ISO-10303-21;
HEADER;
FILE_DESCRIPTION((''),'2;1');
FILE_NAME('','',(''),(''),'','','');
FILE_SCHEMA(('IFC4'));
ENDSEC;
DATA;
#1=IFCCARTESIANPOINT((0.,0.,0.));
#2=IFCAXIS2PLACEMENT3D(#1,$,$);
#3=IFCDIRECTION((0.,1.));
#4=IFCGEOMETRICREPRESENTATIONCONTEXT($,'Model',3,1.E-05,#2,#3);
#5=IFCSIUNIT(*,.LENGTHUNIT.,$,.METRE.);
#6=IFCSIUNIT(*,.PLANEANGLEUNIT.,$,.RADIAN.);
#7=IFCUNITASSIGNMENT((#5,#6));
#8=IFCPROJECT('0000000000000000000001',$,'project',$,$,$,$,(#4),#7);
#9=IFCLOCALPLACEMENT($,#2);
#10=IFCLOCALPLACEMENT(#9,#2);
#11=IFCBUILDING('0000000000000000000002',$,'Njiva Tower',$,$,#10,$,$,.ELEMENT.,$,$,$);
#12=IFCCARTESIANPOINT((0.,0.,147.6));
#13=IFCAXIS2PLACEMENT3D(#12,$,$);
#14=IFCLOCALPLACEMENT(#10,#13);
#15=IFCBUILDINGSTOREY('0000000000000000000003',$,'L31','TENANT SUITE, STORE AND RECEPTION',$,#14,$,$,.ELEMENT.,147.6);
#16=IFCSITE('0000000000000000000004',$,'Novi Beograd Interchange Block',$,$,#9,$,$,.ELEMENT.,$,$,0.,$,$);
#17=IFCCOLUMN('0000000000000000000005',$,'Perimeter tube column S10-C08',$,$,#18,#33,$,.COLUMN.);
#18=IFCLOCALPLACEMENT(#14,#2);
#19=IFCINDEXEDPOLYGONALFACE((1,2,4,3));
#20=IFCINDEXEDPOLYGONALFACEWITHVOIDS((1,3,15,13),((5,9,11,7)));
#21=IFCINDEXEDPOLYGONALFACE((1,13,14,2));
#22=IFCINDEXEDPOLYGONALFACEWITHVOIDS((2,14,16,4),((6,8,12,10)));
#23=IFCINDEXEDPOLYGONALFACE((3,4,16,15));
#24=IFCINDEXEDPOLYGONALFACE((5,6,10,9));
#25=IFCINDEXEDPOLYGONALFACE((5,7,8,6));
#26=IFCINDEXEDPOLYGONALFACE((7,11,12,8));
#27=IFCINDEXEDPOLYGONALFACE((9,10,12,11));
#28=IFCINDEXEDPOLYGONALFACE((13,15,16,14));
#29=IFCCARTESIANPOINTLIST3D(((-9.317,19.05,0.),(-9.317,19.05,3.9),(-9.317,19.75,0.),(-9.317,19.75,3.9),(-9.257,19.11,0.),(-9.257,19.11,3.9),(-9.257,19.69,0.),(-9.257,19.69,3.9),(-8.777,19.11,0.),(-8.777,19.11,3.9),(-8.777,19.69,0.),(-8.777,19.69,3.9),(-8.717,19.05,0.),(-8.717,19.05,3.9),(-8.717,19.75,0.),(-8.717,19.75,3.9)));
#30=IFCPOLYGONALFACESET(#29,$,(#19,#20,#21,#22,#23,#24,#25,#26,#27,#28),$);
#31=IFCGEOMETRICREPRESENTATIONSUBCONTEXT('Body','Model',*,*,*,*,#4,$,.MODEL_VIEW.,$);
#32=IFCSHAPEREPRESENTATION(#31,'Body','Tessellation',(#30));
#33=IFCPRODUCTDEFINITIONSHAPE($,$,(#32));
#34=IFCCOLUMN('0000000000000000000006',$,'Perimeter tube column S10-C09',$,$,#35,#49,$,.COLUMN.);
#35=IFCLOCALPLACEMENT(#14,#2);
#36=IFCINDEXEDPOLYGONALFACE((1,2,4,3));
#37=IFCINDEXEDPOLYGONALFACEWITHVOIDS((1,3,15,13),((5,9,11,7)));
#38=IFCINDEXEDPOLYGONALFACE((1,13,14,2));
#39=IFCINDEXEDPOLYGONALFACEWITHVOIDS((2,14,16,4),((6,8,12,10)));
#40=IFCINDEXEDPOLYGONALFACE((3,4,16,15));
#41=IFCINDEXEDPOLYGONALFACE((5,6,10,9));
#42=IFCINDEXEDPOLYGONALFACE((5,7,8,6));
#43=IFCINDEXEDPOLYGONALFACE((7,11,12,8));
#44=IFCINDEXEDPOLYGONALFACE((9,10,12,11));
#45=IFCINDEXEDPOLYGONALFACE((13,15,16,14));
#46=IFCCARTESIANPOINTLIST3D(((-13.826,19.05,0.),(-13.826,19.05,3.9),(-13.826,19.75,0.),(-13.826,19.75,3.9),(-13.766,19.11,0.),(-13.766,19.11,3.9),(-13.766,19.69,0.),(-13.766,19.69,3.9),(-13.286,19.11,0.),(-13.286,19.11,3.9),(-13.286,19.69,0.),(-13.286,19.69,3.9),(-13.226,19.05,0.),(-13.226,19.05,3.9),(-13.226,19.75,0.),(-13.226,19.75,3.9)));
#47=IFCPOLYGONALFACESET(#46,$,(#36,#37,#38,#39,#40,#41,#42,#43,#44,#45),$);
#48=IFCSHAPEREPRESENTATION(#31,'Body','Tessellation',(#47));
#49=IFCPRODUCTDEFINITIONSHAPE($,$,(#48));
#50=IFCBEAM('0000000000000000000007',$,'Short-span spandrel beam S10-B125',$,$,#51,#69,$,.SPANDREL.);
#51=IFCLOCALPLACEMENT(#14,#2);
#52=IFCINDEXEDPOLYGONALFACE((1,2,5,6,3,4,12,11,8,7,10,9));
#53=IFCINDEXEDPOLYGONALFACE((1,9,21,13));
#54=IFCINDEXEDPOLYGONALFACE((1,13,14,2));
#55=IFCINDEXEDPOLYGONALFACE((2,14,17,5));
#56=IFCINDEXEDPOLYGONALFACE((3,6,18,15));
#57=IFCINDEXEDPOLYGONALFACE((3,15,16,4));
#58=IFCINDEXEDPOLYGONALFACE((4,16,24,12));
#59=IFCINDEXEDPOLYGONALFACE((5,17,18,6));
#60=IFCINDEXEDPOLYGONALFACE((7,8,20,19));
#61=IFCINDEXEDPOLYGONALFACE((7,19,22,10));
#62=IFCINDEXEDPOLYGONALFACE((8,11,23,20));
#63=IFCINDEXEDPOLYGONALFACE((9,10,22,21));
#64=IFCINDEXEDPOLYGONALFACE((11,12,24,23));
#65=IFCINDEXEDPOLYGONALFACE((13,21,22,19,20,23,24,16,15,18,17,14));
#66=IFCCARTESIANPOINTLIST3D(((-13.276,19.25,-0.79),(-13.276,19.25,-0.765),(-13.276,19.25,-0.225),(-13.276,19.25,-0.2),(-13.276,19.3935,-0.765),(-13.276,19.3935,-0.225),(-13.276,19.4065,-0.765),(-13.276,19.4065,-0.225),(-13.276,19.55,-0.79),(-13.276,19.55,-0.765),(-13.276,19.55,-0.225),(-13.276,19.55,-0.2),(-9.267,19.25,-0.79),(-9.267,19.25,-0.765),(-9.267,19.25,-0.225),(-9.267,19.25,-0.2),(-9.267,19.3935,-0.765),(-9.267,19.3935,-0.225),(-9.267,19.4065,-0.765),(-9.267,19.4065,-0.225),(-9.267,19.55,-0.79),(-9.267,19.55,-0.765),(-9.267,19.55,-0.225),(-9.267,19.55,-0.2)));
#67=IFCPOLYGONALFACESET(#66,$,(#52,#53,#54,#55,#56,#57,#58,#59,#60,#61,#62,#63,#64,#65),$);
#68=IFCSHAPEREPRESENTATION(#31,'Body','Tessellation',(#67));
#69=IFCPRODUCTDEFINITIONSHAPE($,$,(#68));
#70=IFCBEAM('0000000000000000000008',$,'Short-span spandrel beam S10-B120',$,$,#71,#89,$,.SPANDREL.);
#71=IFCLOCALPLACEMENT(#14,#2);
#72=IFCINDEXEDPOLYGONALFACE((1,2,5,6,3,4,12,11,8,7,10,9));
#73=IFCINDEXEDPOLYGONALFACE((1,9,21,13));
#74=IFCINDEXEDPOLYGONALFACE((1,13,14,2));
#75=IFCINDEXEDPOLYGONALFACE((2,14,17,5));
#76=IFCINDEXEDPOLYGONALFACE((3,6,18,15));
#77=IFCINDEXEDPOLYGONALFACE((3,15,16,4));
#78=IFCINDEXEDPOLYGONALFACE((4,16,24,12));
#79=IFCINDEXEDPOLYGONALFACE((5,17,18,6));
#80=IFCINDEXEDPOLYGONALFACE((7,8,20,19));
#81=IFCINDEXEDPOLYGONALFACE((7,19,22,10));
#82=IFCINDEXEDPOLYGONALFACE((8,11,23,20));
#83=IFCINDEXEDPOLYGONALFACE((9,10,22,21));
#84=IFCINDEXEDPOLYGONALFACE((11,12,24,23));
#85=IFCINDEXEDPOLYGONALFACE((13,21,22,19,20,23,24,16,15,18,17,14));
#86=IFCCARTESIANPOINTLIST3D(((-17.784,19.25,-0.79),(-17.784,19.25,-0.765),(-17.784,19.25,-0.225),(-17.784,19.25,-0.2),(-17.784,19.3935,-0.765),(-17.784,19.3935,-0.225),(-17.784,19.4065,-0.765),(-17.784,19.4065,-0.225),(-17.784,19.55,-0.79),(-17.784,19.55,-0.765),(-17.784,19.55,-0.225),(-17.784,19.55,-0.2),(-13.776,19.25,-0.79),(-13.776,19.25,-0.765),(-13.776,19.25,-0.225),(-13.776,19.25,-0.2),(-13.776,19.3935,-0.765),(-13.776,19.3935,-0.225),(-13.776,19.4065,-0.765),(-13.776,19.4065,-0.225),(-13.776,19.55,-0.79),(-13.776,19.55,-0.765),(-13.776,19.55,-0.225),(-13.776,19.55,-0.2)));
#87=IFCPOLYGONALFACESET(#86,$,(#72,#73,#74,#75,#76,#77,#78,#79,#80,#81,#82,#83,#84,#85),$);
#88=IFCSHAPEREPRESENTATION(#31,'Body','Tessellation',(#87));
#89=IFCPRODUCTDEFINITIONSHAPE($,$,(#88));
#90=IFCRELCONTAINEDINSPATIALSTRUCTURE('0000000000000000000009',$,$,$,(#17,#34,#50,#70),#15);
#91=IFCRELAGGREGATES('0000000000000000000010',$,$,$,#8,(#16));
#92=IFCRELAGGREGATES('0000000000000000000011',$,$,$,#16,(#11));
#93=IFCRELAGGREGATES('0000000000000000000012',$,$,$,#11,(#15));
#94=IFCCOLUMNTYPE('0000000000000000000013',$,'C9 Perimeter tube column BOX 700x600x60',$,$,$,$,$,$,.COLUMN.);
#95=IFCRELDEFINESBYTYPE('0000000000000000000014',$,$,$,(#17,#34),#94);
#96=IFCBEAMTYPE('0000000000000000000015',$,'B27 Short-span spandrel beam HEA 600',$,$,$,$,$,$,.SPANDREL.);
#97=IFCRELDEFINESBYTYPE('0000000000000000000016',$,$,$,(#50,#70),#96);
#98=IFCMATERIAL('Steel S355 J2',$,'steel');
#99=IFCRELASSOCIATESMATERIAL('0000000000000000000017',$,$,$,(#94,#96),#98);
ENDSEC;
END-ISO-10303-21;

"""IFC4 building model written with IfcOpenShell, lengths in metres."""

from ifc_helpers import new_model, si_unit, direction, frame, origin, origin_2d, place, context, subcontext, project, spatial, hollow_rectangle, i_section, extrude, material, material_profile, profile_set, type_object, element, save


model = new_model("IFC4")

# Units and contexts
model_context = context("Model", 3, precision=1e-05, world=origin(), true_north=direction((0.0, 1.0)))
body_context = subcontext(model_context, "Body", "Model", "MODEL_VIEW")
ifc_project = project(units=[si_unit("LENGTHUNIT", "METRE"), si_unit("PLANEANGLEUNIT", "RADIAN")], contexts=[model_context])

# Site, building, storey
site_placement = place(None, origin())
site = spatial("IfcSite", under=ifc_project, at=site_placement, Name="Novi Beograd Interchange Block", CompositionType="ELEMENT", RefElevation=0.0)
building_placement = place(site_placement, origin())
building = spatial("IfcBuilding", under=site, at=building_placement, Name="Njiva Tower", CompositionType="ELEMENT")
storey_placement = place(building_placement, frame((0.0, 0.0, 147.6)))
storey = spatial("IfcBuildingStorey", under=building, at=storey_placement, Name="L31", Description="TENANT SUITE, STORE AND RECEPTION", CompositionType="ELEMENT", Elevation=147.6)

# Columns
ifc_material_1 = material(Name="Steel S355 J2", Category="steel")
ifc_material_profile_1 = material_profile(ifc_material_1, hollow_rectangle(XDim=0.6, YDim=0.7, WallThickness=0.06, at=origin_2d()), Name="BOX 700x600x60")
ifc_profile_set_1 = profile_set([ifc_material_profile_1], Name="Steel S355 J2")
column_type = type_object("IfcColumnType", Name="C9 Perimeter tube column BOX 700x600x60", PredefinedType="COLUMN", material=ifc_profile_set_1)
for number, where, z_axis, x_axis, name in (
    (1, (-9.017, 19.4, 0.0), (0.0, 0.0, 1.0), (-1.0, 0.0, 0.0), "Perimeter tube column S10-C08"),
    (2, (-13.526, 19.4, 0.0), (0.0, 0.0, 1.0), (-1.0, 0.0, 0.0), "Perimeter tube column S10-C09"),
):
    element("IfcColumn", number, at=place(storey_placement, frame(where, z_axis=z_axis, x_axis=x_axis)), inside=storey, type_object=column_type, Name=name, PredefinedType="COLUMN", context=body_context, shape_type="SweptSolid", body=[
        extrude(hollow_rectangle(XDim=0.6, YDim=0.7, WallThickness=0.06, at=origin_2d()), origin(), (0.0, 0.0, 1.0), 3.9),
    ])

# Beams
ifc_material_profile_2 = material_profile(ifc_material_1, i_section(OverallWidth=0.3, OverallDepth=0.59, WebThickness=0.013, FlangeThickness=0.025, at=origin_2d()), Name="HEA 600")
ifc_profile_set_2 = profile_set([ifc_material_profile_2], Name="Steel S355 J2")
beam_type = type_object("IfcBeamType", Name="B27 Short-span spandrel beam HEA 600", PredefinedType="SPANDREL", material=ifc_profile_set_2)
beam_1_placement = place(storey_placement, frame((-9.267, 19.4, -0.495), z_axis=(-1.0, 0.0, 0.0), x_axis=(0.0, -1.0, 0.0)))
element("IfcBeam", 3, at=beam_1_placement, inside=storey, type_object=beam_type, Name="Short-span spandrel beam S10-B125", PredefinedType="SPANDREL", context=body_context, shape_type="SweptSolid", body=[
    extrude(i_section(OverallWidth=0.3, OverallDepth=0.59, WebThickness=0.013, FlangeThickness=0.025, at=origin_2d()), origin(), (0.0, 0.0, 1.0), 4.009),
])
beam_2_placement = place(storey_placement, frame((-13.776, 19.4, -0.495), z_axis=(-1.0, 0.0, 0.0), x_axis=(0.0, -1.0, 0.0)))
element("IfcBeam", 4, at=beam_2_placement, inside=storey, type_object=beam_type, Name="Short-span spandrel beam S10-B120", PredefinedType="SPANDREL", context=body_context, shape_type="SweptSolid", body=[
    extrude(i_section(OverallWidth=0.3, OverallDepth=0.59, WebThickness=0.013, FlangeThickness=0.025, at=origin_2d()), origin(), (0.0, 0.0, 1.0), 4.008),
])

save(model, "model.ifc")
